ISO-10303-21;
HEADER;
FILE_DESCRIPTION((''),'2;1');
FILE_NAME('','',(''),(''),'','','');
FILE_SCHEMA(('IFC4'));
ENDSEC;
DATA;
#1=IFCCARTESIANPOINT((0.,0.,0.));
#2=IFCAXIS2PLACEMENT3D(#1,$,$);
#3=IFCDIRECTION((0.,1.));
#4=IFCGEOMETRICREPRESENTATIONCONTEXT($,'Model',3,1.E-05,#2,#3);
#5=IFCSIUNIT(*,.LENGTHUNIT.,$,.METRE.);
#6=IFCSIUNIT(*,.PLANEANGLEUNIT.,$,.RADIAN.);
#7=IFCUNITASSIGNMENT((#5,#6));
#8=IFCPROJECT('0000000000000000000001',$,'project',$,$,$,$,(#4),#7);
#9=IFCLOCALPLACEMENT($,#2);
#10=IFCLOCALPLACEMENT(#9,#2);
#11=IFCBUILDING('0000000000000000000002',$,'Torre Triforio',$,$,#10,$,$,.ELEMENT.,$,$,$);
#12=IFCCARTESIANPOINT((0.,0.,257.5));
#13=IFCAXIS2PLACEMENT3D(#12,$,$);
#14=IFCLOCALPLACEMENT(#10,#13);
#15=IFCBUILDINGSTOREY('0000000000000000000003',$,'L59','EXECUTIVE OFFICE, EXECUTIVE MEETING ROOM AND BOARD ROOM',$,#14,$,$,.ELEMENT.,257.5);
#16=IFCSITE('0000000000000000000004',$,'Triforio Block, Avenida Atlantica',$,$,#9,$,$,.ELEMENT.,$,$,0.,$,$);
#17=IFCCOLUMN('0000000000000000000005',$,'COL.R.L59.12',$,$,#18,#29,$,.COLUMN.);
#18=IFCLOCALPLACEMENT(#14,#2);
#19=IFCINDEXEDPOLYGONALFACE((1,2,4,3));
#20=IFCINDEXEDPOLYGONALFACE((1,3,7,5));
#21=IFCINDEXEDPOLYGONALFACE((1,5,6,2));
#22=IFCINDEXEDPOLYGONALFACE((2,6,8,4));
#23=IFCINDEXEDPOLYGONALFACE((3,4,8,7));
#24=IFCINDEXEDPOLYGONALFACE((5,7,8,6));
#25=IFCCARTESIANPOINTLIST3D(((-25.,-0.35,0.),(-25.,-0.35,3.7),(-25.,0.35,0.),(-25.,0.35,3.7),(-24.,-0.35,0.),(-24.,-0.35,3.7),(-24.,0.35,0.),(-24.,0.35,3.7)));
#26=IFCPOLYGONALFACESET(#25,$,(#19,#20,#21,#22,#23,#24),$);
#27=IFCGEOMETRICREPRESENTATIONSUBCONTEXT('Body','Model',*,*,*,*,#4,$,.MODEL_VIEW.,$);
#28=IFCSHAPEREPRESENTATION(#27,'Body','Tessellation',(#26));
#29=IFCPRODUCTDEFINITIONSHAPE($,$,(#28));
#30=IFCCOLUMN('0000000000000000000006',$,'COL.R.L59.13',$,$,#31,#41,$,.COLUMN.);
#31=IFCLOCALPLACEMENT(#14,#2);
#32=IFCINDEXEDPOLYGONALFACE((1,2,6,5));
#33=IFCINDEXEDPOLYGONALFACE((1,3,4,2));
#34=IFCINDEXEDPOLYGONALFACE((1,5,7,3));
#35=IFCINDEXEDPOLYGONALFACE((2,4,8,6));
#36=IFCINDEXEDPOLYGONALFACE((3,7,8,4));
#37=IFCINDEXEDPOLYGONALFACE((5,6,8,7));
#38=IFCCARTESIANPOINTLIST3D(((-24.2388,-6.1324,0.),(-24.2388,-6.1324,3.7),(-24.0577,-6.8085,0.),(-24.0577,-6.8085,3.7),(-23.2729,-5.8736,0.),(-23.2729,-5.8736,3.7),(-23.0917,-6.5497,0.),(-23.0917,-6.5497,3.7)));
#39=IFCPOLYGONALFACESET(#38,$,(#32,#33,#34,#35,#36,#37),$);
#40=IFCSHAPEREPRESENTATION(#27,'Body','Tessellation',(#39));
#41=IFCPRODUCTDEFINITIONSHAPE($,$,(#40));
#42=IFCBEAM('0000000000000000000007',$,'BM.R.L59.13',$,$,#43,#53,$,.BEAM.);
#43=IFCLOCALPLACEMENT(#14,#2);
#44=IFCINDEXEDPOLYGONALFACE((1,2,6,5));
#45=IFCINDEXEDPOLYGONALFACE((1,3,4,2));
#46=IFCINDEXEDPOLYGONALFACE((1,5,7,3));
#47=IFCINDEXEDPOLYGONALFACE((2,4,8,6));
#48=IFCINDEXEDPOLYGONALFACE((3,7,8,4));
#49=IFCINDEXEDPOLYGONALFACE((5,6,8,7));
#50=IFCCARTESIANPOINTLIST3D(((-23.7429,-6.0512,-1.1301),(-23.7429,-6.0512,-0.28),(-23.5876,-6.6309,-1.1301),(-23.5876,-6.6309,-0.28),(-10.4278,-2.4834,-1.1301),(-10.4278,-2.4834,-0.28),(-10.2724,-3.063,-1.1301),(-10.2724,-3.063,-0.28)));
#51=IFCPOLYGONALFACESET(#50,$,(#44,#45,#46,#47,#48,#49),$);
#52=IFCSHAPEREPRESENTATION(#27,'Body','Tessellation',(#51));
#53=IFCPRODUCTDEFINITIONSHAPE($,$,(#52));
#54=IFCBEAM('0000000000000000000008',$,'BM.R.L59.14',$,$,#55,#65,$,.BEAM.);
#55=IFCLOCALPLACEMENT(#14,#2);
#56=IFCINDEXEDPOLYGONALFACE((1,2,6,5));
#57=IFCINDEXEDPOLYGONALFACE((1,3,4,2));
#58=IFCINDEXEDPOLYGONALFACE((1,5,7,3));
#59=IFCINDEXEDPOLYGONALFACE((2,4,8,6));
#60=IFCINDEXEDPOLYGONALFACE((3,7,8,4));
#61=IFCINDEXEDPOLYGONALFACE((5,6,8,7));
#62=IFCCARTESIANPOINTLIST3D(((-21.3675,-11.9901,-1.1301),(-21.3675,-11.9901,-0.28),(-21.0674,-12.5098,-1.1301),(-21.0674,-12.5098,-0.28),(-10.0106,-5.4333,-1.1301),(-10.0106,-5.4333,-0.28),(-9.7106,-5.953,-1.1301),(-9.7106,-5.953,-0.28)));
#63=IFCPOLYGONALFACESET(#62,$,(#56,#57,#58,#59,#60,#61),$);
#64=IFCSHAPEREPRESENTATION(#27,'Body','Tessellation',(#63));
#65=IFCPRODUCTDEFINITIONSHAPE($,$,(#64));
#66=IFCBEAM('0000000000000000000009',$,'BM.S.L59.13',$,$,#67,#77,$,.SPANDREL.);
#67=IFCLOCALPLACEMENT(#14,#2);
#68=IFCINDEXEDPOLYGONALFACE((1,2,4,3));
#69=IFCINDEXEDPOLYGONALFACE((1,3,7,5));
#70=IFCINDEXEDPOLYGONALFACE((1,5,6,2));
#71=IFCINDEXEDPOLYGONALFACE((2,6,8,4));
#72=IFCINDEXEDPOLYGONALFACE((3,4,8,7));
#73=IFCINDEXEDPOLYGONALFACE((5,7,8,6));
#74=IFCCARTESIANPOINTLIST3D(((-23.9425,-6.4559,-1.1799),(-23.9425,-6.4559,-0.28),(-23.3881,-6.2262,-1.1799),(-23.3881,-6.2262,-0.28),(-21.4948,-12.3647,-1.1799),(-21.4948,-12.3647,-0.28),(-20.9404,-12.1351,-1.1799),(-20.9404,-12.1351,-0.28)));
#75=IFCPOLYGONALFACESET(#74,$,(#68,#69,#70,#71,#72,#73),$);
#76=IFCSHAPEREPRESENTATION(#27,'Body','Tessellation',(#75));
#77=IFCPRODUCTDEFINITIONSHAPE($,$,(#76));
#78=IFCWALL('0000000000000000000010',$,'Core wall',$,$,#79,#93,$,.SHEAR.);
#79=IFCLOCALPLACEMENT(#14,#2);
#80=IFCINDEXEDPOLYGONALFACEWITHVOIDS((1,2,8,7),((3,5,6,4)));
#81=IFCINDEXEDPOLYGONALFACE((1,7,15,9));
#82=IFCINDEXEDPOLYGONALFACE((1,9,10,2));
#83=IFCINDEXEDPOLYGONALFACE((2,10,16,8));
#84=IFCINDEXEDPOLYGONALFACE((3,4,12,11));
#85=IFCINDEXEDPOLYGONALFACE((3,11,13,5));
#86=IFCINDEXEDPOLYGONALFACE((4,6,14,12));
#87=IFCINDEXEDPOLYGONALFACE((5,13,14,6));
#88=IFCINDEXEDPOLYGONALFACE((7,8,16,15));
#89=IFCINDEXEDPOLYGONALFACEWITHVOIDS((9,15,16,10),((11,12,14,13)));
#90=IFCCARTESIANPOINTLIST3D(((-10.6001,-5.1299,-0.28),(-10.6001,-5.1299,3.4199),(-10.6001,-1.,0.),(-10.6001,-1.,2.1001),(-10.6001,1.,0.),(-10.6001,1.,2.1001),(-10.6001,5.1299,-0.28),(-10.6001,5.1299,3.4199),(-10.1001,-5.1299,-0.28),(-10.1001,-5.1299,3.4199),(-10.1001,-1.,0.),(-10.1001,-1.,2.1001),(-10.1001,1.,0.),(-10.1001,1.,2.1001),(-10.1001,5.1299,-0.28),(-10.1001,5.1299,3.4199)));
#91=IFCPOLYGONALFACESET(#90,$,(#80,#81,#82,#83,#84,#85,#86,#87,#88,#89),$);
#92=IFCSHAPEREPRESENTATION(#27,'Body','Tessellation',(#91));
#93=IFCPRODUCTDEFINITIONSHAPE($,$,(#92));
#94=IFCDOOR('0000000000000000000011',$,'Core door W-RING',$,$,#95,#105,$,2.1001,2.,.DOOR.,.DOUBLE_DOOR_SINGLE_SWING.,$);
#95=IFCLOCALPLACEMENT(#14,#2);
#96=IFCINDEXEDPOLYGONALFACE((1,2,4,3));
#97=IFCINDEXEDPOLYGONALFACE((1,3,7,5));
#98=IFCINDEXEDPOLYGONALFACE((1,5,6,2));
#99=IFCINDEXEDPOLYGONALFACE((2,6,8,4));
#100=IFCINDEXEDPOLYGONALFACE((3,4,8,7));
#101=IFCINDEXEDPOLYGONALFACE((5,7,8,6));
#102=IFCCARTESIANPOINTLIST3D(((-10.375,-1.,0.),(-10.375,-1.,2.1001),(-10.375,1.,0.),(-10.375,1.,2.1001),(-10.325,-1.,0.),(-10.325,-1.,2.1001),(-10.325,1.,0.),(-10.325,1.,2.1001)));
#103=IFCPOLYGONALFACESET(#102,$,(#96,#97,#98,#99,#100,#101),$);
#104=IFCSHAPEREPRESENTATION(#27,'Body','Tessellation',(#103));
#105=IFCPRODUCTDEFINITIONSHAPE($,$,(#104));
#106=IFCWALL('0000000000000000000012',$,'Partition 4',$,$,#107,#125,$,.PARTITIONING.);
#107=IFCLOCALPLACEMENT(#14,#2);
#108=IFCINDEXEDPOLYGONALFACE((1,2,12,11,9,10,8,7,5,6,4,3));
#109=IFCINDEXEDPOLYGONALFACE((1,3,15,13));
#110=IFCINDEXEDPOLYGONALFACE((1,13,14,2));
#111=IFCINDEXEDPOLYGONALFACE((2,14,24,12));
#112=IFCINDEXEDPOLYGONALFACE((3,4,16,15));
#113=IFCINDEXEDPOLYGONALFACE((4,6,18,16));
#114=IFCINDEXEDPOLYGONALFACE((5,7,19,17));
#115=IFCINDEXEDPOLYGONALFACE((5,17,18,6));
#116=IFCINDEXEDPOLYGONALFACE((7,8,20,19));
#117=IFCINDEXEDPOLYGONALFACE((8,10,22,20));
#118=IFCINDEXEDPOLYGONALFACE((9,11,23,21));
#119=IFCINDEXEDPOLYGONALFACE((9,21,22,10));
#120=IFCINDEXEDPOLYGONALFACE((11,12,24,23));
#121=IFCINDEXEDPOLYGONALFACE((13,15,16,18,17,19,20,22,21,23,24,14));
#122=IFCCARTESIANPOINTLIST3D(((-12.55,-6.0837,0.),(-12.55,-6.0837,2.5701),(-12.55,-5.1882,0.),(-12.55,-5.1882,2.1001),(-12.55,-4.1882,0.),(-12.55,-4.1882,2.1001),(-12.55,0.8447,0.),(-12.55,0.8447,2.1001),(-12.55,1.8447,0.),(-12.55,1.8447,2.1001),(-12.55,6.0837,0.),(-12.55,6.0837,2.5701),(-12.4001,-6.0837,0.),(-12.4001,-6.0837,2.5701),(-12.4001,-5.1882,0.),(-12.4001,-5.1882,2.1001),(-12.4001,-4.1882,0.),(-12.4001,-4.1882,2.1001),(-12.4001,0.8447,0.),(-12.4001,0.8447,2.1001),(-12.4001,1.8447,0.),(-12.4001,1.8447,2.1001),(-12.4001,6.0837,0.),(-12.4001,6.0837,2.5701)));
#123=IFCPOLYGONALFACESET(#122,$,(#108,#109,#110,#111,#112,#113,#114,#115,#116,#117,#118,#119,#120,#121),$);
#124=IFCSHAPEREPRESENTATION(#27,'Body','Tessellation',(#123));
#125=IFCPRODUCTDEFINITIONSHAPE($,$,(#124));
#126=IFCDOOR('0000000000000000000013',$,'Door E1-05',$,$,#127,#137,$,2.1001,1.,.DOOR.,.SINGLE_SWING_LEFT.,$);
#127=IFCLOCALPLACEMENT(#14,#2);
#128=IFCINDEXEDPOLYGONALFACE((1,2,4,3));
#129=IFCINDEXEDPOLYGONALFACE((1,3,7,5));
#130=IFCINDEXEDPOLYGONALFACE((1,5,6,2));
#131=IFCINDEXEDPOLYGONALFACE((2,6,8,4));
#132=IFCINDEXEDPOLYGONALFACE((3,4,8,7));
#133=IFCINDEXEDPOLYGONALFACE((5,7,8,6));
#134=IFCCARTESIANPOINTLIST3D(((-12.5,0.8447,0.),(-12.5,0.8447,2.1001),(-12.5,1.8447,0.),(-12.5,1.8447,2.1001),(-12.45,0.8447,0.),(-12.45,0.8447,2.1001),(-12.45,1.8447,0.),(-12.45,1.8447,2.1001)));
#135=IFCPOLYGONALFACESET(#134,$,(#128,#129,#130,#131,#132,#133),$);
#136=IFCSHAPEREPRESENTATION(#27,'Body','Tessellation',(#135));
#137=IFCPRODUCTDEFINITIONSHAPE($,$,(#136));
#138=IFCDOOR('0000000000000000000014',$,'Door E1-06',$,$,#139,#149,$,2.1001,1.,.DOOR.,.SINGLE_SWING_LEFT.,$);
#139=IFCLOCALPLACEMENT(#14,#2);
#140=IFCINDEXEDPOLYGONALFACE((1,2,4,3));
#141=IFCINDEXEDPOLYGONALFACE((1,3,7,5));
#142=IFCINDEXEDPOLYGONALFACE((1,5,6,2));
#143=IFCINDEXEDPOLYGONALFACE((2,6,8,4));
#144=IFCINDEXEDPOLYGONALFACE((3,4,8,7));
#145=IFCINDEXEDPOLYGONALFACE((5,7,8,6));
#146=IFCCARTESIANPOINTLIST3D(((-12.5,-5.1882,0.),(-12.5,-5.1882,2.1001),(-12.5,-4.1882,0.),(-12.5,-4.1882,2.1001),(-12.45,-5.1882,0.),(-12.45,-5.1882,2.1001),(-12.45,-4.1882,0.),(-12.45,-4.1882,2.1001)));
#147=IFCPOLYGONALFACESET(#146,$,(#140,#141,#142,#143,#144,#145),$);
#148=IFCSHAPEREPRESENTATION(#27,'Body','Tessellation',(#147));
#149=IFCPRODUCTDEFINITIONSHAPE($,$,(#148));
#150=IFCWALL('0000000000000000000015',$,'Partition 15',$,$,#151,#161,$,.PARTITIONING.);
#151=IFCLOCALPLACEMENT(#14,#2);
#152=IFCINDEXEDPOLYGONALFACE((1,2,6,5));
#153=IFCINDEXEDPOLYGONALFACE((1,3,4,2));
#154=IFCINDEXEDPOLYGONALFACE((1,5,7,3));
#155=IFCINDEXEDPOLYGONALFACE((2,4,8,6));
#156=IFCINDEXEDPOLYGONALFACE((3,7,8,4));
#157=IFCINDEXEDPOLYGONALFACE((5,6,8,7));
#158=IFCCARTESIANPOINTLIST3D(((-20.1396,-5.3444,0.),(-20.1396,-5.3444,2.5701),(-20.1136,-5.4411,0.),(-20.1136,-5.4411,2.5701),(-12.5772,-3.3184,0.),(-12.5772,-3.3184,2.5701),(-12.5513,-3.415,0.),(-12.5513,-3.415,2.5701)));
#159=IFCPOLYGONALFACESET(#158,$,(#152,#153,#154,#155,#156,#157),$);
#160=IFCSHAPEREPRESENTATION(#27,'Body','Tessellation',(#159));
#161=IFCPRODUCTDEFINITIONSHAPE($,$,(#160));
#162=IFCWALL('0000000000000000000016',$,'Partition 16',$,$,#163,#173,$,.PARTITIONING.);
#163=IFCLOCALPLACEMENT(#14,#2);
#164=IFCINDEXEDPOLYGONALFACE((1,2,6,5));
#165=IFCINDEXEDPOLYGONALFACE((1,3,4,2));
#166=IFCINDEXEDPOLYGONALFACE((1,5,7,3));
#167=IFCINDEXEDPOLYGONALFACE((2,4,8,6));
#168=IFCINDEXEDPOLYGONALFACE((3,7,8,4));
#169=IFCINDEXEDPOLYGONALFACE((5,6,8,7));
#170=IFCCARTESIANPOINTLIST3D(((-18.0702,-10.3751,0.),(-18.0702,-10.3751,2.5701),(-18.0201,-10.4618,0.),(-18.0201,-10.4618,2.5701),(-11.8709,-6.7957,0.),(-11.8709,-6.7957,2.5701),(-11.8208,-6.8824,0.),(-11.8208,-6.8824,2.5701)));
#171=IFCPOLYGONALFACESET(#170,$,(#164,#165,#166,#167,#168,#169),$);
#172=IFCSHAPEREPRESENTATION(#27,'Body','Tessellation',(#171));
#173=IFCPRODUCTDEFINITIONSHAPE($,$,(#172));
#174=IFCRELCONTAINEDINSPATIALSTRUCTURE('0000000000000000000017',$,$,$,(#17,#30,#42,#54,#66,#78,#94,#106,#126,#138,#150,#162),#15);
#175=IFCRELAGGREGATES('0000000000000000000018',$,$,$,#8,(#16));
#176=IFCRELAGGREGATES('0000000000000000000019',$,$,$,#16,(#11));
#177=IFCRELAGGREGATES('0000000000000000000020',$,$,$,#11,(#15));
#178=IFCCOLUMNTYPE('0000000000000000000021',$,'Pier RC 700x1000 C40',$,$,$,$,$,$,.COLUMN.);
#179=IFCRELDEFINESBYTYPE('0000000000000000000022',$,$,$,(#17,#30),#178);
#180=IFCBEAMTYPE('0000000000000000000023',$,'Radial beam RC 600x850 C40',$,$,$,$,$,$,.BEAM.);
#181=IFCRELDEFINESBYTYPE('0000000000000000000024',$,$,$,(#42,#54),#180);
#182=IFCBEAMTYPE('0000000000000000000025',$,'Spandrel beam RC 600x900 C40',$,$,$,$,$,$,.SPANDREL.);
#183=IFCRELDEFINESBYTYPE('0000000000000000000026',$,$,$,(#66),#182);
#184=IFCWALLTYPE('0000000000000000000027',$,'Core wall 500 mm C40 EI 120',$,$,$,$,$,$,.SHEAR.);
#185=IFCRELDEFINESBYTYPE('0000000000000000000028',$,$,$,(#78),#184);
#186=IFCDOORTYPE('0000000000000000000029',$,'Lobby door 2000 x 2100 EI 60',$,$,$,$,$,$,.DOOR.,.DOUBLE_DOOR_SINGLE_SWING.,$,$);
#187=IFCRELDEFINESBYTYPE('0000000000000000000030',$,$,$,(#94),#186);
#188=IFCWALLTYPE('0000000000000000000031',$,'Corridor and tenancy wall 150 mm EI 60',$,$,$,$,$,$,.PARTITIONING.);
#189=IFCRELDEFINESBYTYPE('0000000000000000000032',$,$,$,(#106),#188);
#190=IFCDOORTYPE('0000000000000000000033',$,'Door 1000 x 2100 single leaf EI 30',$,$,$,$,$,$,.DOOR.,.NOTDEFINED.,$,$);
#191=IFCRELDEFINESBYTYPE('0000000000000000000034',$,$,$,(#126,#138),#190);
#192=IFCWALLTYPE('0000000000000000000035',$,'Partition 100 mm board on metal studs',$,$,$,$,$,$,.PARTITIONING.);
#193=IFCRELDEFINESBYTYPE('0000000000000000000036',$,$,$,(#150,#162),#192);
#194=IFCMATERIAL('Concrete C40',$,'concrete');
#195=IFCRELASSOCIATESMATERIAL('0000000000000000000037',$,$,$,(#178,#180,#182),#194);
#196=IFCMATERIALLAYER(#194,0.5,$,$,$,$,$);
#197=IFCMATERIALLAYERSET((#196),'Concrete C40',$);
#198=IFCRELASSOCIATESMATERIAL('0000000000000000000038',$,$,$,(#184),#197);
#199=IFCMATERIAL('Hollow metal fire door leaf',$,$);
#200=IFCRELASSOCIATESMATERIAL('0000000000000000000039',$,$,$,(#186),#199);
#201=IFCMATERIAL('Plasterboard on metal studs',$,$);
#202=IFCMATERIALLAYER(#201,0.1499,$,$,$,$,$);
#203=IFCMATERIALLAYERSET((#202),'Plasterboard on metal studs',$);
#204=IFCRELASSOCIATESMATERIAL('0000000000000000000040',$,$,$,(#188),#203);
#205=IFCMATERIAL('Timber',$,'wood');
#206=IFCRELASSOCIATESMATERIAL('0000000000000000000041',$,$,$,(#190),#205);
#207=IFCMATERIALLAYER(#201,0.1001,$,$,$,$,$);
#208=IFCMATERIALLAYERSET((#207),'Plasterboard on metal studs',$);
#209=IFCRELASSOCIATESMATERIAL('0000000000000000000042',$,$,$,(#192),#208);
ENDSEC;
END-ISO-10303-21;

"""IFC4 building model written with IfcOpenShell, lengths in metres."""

from ifc_helpers import new_model, si_unit, direction, frame, frame_2d, origin, origin_2d, place, context, subcontext, project, spatial, rectangle, extrude, material, layer, layer_set, material_profile, profile_set, type_object, element, fill, save


model = new_model("IFC4")

# Units and contexts
model_context = context("Model", 3, precision=1e-05, world=origin(), true_north=direction((0.0, 1.0)))
body_context = subcontext(model_context, "Body", "Model", "MODEL_VIEW")
ifc_project = project(units=[si_unit("LENGTHUNIT", "METRE"), si_unit("PLANEANGLEUNIT", "RADIAN")], contexts=[model_context])

# Site, building, storey
site_placement = place(None, origin())
site = spatial("IfcSite", under=ifc_project, at=site_placement, Name="Triforio Block, Avenida Atlantica", CompositionType="ELEMENT", RefElevation=0.0)
building_placement = place(site_placement, origin())
building = spatial("IfcBuilding", under=site, at=building_placement, Name="Torre Triforio", CompositionType="ELEMENT")
storey_placement = place(building_placement, frame((0.0, 0.0, 257.5)))
storey = spatial("IfcBuildingStorey", under=building, at=storey_placement, Name="L59", Description="EXECUTIVE OFFICE, EXECUTIVE MEETING ROOM AND BOARD ROOM", CompositionType="ELEMENT", Elevation=257.5)

# Columns
ifc_material_1 = material(Name="Concrete C40", Category="concrete")
ifc_material_profile_1 = material_profile(ifc_material_1, rectangle(XDim=0.7, YDim=1.0, at=origin_2d()), Name="RC 700x1000")
ifc_profile_set_1 = profile_set([ifc_material_profile_1], Name="Concrete C40")
column_type = type_object("IfcColumnType", Name="Pier RC 700x1000 C40", PredefinedType="COLUMN", material=ifc_profile_set_1)
for number, where, z_axis, x_axis, name in (
    (1, (-24.5, 0.0, 0.0), (0.0, 0.0, 1.0), (0.0, -1.0, 0.0), "COL.R.L59.12"),
    (2, (-23.6653, -6.3411, 0.0), (0.0, 0.0, 1.0), (0.258819, -0.965926, 0.0), "COL.R.L59.13"),
):
    element("IfcColumn", number, at=place(storey_placement, frame(where, z_axis=z_axis, x_axis=x_axis)), inside=storey, type_object=column_type, Name=name, PredefinedType="COLUMN", context=body_context, shape_type="SweptSolid", body=[
        extrude(rectangle(XDim=0.7, YDim=1.0, at=origin_2d()), origin(), (0.0, 0.0, 1.0), 3.7),
    ])

# Beams
ifc_material_profile_2 = material_profile(ifc_material_1, rectangle(XDim=0.6001, YDim=0.8501, at=origin_2d()), Name="RC 600x850")
ifc_profile_set_2 = profile_set([ifc_material_profile_2], Name="Concrete C40")
beam_type_1 = type_object("IfcBeamType", Name="Radial beam RC 600x850 C40", PredefinedType="BEAM", material=ifc_profile_set_2)
beam_1_placement = place(storey_placement, frame((-10.3501, -2.7732, -0.7051), z_axis=(-0.965924, -0.258824, 0.0), x_axis=(0.258824, -0.965924, 0.0)))
element("IfcBeam", 3, at=beam_1_placement, inside=storey, type_object=beam_type_1, Name="BM.R.L59.13", PredefinedType="BEAM", context=body_context, shape_type="SweptSolid", body=[
    extrude(rectangle(XDim=0.6001, YDim=0.8501, at=origin_2d()), origin(), (0.0, 0.0, 1.0), 13.7849),
])
beam_2_placement = place(storey_placement, frame((-9.8606, -5.6931, -0.7051), z_axis=(-0.866027, -0.499997, 0.0), x_axis=(0.499997, -0.866027, 0.0)))
element("IfcBeam", 4, at=beam_2_placement, inside=storey, type_object=beam_type_1, Name="BM.R.L59.14", PredefinedType="BEAM", context=body_context, shape_type="SweptSolid", body=[
    extrude(rectangle(XDim=0.6001, YDim=0.8501, at=origin_2d()), origin(), (0.0, 0.0, 1.0), 13.1138),
])
ifc_material_profile_3 = material_profile(ifc_material_1, rectangle(XDim=0.6001, YDim=0.8999, at=origin_2d()), Name="RC 600x900")
ifc_profile_set_3 = profile_set([ifc_material_profile_3], Name="Concrete C40")
beam_type_2 = type_object("IfcBeamType", Name="Spandrel beam RC 600x900 C40", PredefinedType="SPANDREL", material=ifc_profile_set_3)
beam_3_placement = place(storey_placement, frame((-23.6653, -6.3411, -0.73), z_axis=(0.382709, -0.923869, 0.0), x_axis=(0.923869, 0.382709, 0.0)))
element("IfcBeam", 5, at=beam_3_placement, inside=storey, type_object=beam_type_2, Name="BM.S.L59.13", PredefinedType="SPANDREL", context=body_context, shape_type="SweptSolid", body=[
    extrude(rectangle(XDim=0.6001, YDim=0.8999, at=origin_2d()), origin(), (0.0, 0.0, 1.0), 6.3958),
])

# Wall, opening, door
ifc_layer_1 = layer(ifc_material_1, 0.5)
ifc_layer_set_1 = layer_set([ifc_layer_1], Name="Concrete C40")
wall_type_1 = type_object("IfcWallType", Name="Core wall 500 mm C40 EI 120", PredefinedType="SHEAR", material=ifc_layer_set_1)
wall_1_placement = place(storey_placement, frame((-10.3501, -5.1299, -0.28), z_axis=(0.0, 0.0, 1.0), x_axis=(0.0, 1.0, 0.0)))
wall_1 = element("IfcWall", 6, at=wall_1_placement, inside=storey, type_object=wall_type_1, Name="Core wall", PredefinedType="SHEAR", context=body_context, shape_type="SweptSolid", body=[
    extrude(rectangle(XDim=10.2598, YDim=0.5, at=frame_2d((5.1299, 0.0))), origin(), (0.0, 0.0, 1.0), 3.7),
])
opening_1_placement = place(wall_1_placement, frame((4.1299, 0.0, 0.28)))
opening_1 = element("IfcOpeningElement", 7, at=opening_1_placement, cuts=wall_1, PredefinedType="OPENING", context=body_context, shape_type="SweptSolid", body=[
    extrude(rectangle(XDim=2.0, YDim=2.1001, at=frame_2d((1.0, 1.05))), frame((0.0, 0.26, 0.0), z_axis=(0.0, -1.0, 0.0), x_axis=(1.0, 0.0, 0.0)), (0.0, 0.0, 1.0), 0.52),
])
ifc_material_2 = material(Name="Hollow metal fire door leaf")
door_type_1 = type_object("IfcDoorType", Name="Lobby door 2000 x 2100 EI 60", OperationType="DOUBLE_DOOR_SINGLE_SWING", PredefinedType="DOOR", material=ifc_material_2)
door_1_placement = place(opening_1_placement, origin())
door_1 = element("IfcDoor", 8, at=door_1_placement, inside=storey, type_object=door_type_1, Name="Core door W-RING", OperationType="DOUBLE_DOOR_SINGLE_SWING", OverallHeight=2.1001, OverallWidth=2.0, PredefinedType="DOOR", context=body_context, shape_type="SweptSolid", body=[
    extrude(rectangle(XDim=2.0, YDim=2.1001, at=frame_2d((1.0, 1.05))), frame((0.0, 0.0249, 0.0), z_axis=(0.0, -1.0, 0.0), x_axis=(1.0, 0.0, 0.0)), (0.0, 0.0, 1.0), 0.05),
])
fill(opening_1, door_1)

# Wall, openings, doors
ifc_material_3 = material(Name="Plasterboard on metal studs")
ifc_layer_2 = layer(ifc_material_3, 0.1499)
ifc_layer_set_2 = layer_set([ifc_layer_2], Name="Plasterboard on metal studs")
wall_type_2 = type_object("IfcWallType", Name="Corridor and tenancy wall 150 mm EI 60", PredefinedType="PARTITIONING", material=ifc_layer_set_2)
wall_2_placement = place(storey_placement, frame((-12.4751, -6.0837, 0.0), z_axis=(0.0, 0.0, 1.0), x_axis=(0.0, 1.0, 0.0)))
wall_2 = element("IfcWall", 9, at=wall_2_placement, inside=storey, type_object=wall_type_2, Name="Partition 4", PredefinedType="PARTITIONING", context=body_context, shape_type="SweptSolid", body=[
    extrude(rectangle(XDim=12.1675, YDim=0.1499, at=frame_2d((6.0837, 0.0))), origin(), (0.0, 0.0, 1.0), 2.5701),
])
opening_2_placement = place(wall_2_placement, frame((6.9285, 0.0, 0.0)))
opening_2 = element("IfcOpeningElement", 10, at=opening_2_placement, cuts=wall_2, PredefinedType="OPENING", context=body_context, shape_type="SweptSolid", body=[
    extrude(rectangle(XDim=1.0, YDim=2.1001, at=frame_2d((0.5, 1.05))), frame((0.0, 0.085, 0.0), z_axis=(0.0, -1.0, 0.0), x_axis=(1.0, 0.0, 0.0)), (0.0, 0.0, 1.0), 0.1699),
])
opening_3_placement = place(wall_2_placement, frame((0.8955, 0.0, 0.0)))
opening_3 = element("IfcOpeningElement", 11, at=opening_3_placement, cuts=wall_2, PredefinedType="OPENING", context=body_context, shape_type="SweptSolid", body=[
    extrude(rectangle(XDim=1.0, YDim=2.1001, at=frame_2d((0.5, 1.05))), frame((0.0, 0.085, 0.0), z_axis=(0.0, -1.0, 0.0), x_axis=(1.0, 0.0, 0.0)), (0.0, 0.0, 1.0), 0.1699),
])
ifc_material_4 = material(Name="Timber", Category="wood")
door_type_2 = type_object("IfcDoorType", Name="Door 1000 x 2100 single leaf EI 30", OperationType="NOTDEFINED", PredefinedType="DOOR", material=ifc_material_4)
door_2_placement = place(opening_2_placement, origin())
door_2 = element("IfcDoor", 12, at=door_2_placement, inside=storey, type_object=door_type_2, Name="Door E1-05", OperationType="SINGLE_SWING_LEFT", OverallHeight=2.1001, OverallWidth=1.0, PredefinedType="DOOR", context=body_context, shape_type="SweptSolid", body=[
    extrude(rectangle(XDim=1.0, YDim=2.1001, at=frame_2d((0.5, 1.05))), frame((0.0, 0.0249, 0.0), z_axis=(0.0, -1.0, 0.0), x_axis=(1.0, 0.0, 0.0)), (0.0, 0.0, 1.0), 0.05),
])
fill(opening_2, door_2)
door_3_placement = place(opening_3_placement, origin())
door_3 = element("IfcDoor", 13, at=door_3_placement, inside=storey, type_object=door_type_2, Name="Door E1-06", OperationType="SINGLE_SWING_LEFT", OverallHeight=2.1001, OverallWidth=1.0, PredefinedType="DOOR", context=body_context, shape_type="SweptSolid", body=[
    extrude(rectangle(XDim=1.0, YDim=2.1001, at=frame_2d((0.5, 1.05))), frame((0.0, 0.0249, 0.0), z_axis=(0.0, -1.0, 0.0), x_axis=(1.0, 0.0, 0.0)), (0.0, 0.0, 1.0), 0.05),
])
fill(opening_3, door_3)

# Walls
ifc_layer_3 = layer(ifc_material_3, 0.1001)
ifc_layer_set_3 = layer_set([ifc_layer_3], Name="Plasterboard on metal studs")
wall_type_3 = type_object("IfcWallType", Name="Partition 100 mm board on metal studs", PredefinedType="PARTITIONING", material=ifc_layer_set_3)
wall_3_placement = place(storey_placement, frame((-12.5642, -3.3667, 0.0), z_axis=(0.0, 0.0, 1.0), x_axis=(-0.965934, -0.25879, 0.0)))
element("IfcWall", 14, at=wall_3_placement, inside=storey, type_object=wall_type_3, Name="Partition 15", PredefinedType="PARTITIONING", context=body_context, shape_type="SweptSolid", body=[
    extrude(rectangle(XDim=7.8291, YDim=0.1001, at=frame_2d((3.9146, 0.0))), origin(), (0.0, 0.0, 1.0), 2.5701),
])
wall_4_placement = place(storey_placement, frame((-11.8459, -6.8391, 0.0), z_axis=(0.0, 0.0, 1.0), x_axis=(-0.866012, -0.500024, 0.0)))
element("IfcWall", 15, at=wall_4_placement, inside=storey, type_object=wall_type_3, Name="Partition 16", PredefinedType="PARTITIONING", context=body_context, shape_type="SweptSolid", body=[
    extrude(rectangle(XDim=7.1584, YDim=0.1001, at=frame_2d((3.5791, 0.0))), origin(), (0.0, 0.0, 1.0), 2.5701),
])

save(model, "model.ifc")
